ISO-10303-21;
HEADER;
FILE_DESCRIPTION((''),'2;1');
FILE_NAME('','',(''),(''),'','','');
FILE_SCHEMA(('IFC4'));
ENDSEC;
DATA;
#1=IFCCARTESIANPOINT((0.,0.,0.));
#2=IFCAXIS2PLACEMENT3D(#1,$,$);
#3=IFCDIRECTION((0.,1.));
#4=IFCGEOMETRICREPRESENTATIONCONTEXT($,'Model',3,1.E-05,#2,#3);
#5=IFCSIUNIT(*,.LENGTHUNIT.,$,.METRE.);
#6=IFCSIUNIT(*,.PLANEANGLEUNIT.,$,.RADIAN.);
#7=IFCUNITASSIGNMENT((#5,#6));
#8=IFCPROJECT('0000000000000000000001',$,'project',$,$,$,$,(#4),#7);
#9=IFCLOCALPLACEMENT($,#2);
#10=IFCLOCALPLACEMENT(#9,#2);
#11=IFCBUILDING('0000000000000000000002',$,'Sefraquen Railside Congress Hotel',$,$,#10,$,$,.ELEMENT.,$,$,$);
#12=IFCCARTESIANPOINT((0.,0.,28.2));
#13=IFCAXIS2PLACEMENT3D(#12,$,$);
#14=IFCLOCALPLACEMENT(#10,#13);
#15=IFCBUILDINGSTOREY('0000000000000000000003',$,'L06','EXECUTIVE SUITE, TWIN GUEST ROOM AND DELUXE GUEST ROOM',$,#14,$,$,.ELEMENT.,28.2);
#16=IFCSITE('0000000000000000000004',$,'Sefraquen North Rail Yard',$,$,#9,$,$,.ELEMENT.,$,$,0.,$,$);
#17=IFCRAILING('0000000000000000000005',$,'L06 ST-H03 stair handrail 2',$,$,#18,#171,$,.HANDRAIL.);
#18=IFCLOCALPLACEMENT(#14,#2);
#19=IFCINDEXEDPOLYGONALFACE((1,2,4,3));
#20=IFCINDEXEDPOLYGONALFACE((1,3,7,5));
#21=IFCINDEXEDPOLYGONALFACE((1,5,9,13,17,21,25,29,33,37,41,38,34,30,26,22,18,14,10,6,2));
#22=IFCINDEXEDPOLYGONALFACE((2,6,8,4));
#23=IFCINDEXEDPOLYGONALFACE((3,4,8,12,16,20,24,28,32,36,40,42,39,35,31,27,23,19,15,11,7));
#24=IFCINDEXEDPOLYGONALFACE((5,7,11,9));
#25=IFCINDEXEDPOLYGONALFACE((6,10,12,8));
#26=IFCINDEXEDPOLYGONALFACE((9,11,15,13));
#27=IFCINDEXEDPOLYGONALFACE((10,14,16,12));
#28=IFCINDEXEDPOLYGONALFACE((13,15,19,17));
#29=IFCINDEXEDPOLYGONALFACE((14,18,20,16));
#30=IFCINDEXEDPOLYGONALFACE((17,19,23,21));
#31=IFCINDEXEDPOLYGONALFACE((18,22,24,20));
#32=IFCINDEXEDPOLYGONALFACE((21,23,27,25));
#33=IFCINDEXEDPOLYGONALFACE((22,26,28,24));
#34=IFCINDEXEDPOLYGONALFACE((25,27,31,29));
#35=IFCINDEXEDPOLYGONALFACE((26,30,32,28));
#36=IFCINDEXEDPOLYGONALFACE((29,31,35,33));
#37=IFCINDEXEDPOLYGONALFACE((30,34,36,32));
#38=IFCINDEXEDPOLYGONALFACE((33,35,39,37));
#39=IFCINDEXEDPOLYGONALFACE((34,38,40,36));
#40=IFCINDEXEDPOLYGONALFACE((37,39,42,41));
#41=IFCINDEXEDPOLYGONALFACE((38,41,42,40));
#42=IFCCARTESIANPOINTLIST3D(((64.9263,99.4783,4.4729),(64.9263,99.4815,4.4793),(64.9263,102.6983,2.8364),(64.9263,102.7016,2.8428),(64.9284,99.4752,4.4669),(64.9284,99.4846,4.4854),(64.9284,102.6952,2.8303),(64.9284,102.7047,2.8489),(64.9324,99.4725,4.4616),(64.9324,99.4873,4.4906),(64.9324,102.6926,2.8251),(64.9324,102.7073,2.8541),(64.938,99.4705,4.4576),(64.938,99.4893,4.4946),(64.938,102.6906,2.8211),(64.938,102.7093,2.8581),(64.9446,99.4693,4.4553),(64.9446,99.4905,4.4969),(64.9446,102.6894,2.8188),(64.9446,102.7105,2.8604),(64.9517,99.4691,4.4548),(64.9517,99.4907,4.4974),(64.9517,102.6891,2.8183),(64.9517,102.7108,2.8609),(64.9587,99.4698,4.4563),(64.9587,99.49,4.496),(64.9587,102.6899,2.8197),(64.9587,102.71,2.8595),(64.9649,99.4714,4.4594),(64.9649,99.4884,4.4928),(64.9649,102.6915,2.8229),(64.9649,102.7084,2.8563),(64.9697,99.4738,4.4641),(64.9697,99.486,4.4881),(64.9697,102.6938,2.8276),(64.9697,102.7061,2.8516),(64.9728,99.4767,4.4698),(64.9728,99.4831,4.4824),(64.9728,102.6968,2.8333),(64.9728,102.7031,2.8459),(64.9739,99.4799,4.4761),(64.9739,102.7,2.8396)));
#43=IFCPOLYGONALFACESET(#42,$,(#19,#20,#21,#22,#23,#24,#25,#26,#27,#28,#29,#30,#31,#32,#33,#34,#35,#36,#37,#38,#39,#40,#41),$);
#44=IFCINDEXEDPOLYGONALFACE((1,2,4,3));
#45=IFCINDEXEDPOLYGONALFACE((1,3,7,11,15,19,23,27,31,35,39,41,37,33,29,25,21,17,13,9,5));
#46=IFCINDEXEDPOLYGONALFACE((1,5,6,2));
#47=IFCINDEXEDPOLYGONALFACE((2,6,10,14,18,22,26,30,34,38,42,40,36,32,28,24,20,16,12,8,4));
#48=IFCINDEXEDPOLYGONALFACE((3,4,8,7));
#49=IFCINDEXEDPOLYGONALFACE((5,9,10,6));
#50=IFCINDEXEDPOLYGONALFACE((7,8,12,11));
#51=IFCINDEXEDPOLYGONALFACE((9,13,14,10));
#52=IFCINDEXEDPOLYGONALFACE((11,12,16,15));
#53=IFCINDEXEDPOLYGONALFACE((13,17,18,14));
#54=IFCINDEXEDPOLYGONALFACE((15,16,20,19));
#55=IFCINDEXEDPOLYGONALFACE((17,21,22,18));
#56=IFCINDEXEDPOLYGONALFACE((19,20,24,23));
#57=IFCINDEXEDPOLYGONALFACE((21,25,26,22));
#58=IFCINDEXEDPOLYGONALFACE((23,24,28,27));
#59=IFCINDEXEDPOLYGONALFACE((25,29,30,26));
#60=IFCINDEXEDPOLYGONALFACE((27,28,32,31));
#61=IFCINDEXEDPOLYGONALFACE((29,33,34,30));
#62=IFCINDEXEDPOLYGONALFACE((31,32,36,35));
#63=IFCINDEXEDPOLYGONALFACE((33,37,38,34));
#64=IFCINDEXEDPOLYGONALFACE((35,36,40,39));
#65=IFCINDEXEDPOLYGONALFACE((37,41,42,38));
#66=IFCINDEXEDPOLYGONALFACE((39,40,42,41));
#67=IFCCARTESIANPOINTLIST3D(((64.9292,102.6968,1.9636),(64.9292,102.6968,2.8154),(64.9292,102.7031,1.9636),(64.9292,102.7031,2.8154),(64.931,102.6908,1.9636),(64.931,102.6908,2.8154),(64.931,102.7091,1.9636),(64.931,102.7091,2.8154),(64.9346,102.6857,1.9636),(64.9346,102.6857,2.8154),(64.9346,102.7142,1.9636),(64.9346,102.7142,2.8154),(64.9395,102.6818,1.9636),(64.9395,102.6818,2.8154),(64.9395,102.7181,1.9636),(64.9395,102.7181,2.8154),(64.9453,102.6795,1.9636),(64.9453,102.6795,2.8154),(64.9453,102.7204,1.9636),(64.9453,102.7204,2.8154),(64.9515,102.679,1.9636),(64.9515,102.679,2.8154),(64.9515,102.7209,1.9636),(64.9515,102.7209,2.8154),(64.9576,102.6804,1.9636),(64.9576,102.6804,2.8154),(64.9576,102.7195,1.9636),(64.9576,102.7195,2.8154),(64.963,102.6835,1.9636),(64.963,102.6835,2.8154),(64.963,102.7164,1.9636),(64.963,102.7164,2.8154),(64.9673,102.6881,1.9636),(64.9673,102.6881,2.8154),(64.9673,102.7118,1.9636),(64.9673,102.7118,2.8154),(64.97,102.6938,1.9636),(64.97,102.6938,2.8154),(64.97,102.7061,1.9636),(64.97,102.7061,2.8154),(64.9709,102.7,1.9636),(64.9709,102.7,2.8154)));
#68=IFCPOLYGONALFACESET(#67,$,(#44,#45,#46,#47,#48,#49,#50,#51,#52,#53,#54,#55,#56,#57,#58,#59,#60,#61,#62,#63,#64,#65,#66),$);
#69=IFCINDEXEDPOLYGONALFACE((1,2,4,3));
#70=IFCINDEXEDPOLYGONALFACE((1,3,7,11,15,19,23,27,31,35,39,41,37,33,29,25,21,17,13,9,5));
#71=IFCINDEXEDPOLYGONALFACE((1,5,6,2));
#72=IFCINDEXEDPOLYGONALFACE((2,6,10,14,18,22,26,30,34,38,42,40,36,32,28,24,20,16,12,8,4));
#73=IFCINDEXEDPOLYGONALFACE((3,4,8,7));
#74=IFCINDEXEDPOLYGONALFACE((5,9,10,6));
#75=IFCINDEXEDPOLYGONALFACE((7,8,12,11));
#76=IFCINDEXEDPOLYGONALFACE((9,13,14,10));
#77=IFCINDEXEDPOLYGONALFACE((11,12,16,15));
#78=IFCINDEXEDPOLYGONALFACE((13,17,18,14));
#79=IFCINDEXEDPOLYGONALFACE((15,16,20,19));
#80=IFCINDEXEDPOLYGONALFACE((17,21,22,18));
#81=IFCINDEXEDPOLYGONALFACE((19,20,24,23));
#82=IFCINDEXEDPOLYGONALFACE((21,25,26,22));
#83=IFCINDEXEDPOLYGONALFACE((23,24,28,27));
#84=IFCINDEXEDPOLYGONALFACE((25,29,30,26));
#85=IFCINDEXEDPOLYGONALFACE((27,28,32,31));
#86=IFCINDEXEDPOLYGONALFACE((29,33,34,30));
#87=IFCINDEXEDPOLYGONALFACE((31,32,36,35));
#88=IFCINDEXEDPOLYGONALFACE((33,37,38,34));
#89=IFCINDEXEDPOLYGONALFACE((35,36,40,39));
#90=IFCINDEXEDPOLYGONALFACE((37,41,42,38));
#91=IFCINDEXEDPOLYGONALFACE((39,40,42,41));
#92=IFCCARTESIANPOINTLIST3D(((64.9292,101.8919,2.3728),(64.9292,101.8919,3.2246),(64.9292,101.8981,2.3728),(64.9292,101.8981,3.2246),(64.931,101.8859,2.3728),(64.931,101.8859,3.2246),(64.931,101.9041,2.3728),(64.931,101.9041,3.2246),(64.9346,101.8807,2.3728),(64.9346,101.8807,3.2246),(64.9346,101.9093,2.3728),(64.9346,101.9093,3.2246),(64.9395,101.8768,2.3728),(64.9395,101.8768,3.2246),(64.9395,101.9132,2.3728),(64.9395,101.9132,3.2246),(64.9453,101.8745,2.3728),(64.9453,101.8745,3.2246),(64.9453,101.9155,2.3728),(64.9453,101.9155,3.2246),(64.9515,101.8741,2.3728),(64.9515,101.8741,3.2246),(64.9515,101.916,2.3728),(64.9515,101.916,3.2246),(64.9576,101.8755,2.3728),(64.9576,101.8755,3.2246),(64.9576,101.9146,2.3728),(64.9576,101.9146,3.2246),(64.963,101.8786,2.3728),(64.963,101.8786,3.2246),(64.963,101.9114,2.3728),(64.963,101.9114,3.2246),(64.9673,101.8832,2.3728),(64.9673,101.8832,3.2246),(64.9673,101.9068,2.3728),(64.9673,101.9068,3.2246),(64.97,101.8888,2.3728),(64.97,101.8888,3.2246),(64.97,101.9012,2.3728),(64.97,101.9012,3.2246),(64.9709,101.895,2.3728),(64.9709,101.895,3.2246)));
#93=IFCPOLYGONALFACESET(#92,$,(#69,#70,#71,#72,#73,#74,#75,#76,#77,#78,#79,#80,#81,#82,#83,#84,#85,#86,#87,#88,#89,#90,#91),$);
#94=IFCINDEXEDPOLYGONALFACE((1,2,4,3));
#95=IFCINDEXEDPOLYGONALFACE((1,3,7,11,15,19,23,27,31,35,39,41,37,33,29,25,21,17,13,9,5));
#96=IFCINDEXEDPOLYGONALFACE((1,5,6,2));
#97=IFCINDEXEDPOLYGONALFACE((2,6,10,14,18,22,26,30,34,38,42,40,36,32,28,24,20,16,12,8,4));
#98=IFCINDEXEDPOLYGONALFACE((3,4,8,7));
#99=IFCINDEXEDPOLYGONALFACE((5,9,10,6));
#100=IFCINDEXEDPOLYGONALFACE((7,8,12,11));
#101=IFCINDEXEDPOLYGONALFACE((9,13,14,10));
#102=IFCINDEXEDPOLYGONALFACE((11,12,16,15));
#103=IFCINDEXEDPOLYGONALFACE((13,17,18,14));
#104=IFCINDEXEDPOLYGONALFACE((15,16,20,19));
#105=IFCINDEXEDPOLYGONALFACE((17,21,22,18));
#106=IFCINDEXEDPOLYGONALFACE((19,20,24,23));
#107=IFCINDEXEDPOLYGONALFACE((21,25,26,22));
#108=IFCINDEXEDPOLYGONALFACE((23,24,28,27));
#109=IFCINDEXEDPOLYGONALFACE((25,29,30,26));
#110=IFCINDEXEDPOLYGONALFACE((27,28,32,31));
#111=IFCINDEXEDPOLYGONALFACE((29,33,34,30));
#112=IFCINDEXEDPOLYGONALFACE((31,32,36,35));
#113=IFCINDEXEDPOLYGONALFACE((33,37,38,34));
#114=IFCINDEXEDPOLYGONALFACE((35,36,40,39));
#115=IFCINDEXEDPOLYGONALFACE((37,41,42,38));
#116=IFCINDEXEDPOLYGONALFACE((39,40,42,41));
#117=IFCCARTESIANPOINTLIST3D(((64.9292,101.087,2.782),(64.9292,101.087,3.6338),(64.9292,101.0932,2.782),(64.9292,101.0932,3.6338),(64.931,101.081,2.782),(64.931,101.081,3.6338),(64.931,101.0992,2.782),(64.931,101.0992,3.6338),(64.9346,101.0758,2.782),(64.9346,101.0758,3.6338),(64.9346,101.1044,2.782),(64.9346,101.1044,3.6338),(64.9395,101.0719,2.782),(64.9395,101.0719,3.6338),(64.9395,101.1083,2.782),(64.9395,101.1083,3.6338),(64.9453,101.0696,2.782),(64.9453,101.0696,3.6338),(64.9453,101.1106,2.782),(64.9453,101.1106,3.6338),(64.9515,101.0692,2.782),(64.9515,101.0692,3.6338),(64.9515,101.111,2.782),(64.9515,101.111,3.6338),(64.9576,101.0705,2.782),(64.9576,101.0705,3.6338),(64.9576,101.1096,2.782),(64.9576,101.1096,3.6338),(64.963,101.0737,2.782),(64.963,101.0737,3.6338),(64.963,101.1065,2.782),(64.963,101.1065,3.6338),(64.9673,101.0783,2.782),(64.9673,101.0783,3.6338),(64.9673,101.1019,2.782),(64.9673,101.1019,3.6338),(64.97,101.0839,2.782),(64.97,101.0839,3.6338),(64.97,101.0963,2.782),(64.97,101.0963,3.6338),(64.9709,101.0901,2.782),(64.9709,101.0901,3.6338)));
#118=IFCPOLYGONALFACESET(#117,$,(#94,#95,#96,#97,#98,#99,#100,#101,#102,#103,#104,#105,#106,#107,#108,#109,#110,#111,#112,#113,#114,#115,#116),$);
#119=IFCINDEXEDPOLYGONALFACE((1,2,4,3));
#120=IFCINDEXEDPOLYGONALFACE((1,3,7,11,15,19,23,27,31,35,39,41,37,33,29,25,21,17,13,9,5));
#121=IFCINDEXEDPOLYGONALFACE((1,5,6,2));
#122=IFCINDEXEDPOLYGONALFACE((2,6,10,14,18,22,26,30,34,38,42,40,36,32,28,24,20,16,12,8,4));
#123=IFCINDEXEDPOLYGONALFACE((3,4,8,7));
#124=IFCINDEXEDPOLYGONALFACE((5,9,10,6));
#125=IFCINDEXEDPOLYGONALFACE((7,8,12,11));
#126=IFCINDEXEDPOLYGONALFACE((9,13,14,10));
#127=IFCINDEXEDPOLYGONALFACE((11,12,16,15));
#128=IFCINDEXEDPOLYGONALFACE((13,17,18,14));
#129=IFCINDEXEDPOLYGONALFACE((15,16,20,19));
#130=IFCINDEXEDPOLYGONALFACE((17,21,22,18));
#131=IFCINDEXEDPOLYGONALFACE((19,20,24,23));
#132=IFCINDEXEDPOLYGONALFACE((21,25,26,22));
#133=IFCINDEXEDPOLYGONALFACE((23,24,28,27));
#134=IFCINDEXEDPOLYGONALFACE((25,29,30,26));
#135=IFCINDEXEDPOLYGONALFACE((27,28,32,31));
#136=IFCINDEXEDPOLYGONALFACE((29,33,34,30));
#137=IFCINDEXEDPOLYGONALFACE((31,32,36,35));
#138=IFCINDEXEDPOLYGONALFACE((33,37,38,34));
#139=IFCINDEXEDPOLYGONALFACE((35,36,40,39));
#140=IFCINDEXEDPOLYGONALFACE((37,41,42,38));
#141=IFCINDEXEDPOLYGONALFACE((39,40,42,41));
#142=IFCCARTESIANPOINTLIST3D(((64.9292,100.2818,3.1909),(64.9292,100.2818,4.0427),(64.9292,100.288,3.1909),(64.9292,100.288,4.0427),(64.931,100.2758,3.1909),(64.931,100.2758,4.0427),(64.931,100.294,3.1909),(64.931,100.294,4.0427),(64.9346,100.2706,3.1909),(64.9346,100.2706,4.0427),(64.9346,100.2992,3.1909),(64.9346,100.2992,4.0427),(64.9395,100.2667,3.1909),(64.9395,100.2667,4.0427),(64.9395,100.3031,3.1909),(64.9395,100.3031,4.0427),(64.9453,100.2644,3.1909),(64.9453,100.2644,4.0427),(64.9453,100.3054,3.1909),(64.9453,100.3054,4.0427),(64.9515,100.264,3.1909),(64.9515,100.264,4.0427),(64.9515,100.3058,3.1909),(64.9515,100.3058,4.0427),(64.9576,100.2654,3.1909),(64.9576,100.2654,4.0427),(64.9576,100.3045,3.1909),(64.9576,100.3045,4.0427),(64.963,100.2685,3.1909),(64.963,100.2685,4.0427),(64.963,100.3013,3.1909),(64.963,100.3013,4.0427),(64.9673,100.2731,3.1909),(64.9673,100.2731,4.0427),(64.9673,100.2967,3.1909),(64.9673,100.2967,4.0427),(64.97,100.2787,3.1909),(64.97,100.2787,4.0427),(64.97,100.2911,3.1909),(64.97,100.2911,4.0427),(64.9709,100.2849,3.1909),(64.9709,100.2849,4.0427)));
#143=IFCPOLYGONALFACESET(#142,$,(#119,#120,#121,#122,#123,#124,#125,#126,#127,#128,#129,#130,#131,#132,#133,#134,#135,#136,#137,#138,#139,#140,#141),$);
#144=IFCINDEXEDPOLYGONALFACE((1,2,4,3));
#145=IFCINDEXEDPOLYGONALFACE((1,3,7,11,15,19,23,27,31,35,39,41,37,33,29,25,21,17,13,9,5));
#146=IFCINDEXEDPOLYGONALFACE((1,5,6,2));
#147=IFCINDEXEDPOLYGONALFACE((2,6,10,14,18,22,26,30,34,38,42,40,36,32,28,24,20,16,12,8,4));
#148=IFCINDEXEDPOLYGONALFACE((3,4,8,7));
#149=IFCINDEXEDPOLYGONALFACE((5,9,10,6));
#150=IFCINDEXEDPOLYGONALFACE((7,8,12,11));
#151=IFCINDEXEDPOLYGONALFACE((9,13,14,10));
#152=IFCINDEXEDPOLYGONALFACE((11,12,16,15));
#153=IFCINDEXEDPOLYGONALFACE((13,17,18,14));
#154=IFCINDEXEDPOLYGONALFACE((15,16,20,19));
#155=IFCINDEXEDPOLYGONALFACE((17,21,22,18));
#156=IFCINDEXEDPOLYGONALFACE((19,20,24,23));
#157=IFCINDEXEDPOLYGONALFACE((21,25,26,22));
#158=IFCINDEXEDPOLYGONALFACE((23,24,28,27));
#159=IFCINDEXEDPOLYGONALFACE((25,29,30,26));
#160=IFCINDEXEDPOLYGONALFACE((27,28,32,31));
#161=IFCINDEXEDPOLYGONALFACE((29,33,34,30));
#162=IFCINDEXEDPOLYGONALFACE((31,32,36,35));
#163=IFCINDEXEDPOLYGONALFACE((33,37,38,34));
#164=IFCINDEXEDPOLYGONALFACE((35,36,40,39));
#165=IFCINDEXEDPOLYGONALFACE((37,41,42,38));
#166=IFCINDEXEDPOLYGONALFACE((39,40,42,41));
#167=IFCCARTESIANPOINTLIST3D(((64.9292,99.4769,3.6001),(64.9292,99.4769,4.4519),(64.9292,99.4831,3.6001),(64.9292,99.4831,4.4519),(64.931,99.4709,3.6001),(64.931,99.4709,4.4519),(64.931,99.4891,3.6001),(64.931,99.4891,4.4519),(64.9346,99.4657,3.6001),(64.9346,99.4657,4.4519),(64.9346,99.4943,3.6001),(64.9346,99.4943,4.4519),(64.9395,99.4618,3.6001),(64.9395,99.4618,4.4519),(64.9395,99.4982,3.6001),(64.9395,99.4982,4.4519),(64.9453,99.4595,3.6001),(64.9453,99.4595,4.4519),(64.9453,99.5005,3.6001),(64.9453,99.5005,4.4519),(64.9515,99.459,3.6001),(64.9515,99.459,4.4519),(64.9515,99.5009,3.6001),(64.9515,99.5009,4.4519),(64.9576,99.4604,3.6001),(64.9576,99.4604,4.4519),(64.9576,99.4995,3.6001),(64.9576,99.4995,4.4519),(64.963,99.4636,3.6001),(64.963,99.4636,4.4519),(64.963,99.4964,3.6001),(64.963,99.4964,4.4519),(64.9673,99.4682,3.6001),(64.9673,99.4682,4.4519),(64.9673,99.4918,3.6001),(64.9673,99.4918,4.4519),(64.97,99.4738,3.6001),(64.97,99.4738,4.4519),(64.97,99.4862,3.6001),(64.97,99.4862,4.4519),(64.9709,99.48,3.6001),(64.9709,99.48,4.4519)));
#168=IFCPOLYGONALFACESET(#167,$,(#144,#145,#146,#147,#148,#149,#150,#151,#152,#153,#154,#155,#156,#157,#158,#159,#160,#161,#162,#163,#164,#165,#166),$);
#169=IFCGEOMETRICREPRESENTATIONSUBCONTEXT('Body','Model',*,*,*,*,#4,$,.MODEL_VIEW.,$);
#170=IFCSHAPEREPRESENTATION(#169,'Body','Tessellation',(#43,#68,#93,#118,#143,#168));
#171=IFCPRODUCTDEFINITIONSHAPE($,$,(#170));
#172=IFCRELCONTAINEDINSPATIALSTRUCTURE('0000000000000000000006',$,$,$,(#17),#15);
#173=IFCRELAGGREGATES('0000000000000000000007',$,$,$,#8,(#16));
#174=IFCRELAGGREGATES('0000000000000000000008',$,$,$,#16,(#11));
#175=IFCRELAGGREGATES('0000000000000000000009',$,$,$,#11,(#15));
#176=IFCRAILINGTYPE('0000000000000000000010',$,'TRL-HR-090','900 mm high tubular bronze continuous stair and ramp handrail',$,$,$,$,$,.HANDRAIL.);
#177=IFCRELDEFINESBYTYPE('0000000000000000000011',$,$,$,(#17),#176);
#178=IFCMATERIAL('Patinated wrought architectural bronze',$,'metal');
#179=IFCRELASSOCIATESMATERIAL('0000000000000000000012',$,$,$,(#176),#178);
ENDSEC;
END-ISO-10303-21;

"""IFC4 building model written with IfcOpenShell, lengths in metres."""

from ifc_helpers import new_model, si_unit, direction, frame, origin, origin_2d, place, context, subcontext, project, spatial, circle, extrude, material, type_object, element, save


model = new_model("IFC4")

# Units and contexts
model_context = context("Model", 3, precision=1e-05, world=origin(), true_north=direction((0.0, 1.0)))
body_context = subcontext(model_context, "Body", "Model", "MODEL_VIEW")
ifc_project = project(units=[si_unit("LENGTHUNIT", "METRE"), si_unit("PLANEANGLEUNIT", "RADIAN")], contexts=[model_context])

# Site, building, storey
site_placement = place(None, origin())
site = spatial("IfcSite", under=ifc_project, at=site_placement, Name="Sefraquen North Rail Yard", CompositionType="ELEMENT", RefElevation=0.0)
building_placement = place(site_placement, origin())
building = spatial("IfcBuilding", under=site, at=building_placement, Name="Sefraquen Railside Congress Hotel", CompositionType="ELEMENT")
storey_placement = place(building_placement, frame((0.0, 0.0, 28.2)))
storey = spatial("IfcBuildingStorey", under=building, at=storey_placement, Name="L06", Description="EXECUTIVE SUITE, TWIN GUEST ROOM AND DELUXE GUEST ROOM", CompositionType="ELEMENT", Elevation=28.2)

# Railing
ifc_material_1 = material(Name="Patinated wrought architectural bronze", Category="metal")
railing_type_1 = type_object("IfcRailingType", Name="TRL-HR-090", Description="900 mm high tubular bronze continuous stair and ramp handrail", PredefinedType="HANDRAIL", material=ifc_material_1)
railing_1_placement = place(storey_placement, frame((64.95, 102.7, 1.9636)))
element("IfcRailing", 1, at=railing_1_placement, inside=storey, type_object=railing_type_1, Name="L06 ST-H03 stair handrail 2", PredefinedType="HANDRAIL", context=body_context, shape_type="SweptSolid", body=[
    extrude(circle(Radius=0.0239, at=origin_2d()), frame((0.0, 0.0, 0.876), z_axis=(0.0, -0.891474, 0.453071), x_axis=(1.0, 0.0, 0.0)), (0.0, 0.0, 1.0), 3.6121),
    extrude(circle(Radius=0.021, at=origin_2d()), origin(), (0.0, 0.0, 1.0), 0.8518),
    extrude(circle(Radius=0.021, at=origin_2d()), frame((0.0, -0.8049, 0.4092)), (0.0, 0.0, 1.0), 0.8518),
    extrude(circle(Radius=0.021, at=origin_2d()), frame((0.0, -1.6099, 0.8184)), (0.0, 0.0, 1.0), 0.8518),
    extrude(circle(Radius=0.021, at=origin_2d()), frame((0.0, -2.415, 1.2273)), (0.0, 0.0, 1.0), 0.8518),
    extrude(circle(Radius=0.021, at=origin_2d()), frame((0.0, -3.22, 1.6365)), (0.0, 0.0, 1.0), 0.8518),
])

save(model, "model.ifc")
